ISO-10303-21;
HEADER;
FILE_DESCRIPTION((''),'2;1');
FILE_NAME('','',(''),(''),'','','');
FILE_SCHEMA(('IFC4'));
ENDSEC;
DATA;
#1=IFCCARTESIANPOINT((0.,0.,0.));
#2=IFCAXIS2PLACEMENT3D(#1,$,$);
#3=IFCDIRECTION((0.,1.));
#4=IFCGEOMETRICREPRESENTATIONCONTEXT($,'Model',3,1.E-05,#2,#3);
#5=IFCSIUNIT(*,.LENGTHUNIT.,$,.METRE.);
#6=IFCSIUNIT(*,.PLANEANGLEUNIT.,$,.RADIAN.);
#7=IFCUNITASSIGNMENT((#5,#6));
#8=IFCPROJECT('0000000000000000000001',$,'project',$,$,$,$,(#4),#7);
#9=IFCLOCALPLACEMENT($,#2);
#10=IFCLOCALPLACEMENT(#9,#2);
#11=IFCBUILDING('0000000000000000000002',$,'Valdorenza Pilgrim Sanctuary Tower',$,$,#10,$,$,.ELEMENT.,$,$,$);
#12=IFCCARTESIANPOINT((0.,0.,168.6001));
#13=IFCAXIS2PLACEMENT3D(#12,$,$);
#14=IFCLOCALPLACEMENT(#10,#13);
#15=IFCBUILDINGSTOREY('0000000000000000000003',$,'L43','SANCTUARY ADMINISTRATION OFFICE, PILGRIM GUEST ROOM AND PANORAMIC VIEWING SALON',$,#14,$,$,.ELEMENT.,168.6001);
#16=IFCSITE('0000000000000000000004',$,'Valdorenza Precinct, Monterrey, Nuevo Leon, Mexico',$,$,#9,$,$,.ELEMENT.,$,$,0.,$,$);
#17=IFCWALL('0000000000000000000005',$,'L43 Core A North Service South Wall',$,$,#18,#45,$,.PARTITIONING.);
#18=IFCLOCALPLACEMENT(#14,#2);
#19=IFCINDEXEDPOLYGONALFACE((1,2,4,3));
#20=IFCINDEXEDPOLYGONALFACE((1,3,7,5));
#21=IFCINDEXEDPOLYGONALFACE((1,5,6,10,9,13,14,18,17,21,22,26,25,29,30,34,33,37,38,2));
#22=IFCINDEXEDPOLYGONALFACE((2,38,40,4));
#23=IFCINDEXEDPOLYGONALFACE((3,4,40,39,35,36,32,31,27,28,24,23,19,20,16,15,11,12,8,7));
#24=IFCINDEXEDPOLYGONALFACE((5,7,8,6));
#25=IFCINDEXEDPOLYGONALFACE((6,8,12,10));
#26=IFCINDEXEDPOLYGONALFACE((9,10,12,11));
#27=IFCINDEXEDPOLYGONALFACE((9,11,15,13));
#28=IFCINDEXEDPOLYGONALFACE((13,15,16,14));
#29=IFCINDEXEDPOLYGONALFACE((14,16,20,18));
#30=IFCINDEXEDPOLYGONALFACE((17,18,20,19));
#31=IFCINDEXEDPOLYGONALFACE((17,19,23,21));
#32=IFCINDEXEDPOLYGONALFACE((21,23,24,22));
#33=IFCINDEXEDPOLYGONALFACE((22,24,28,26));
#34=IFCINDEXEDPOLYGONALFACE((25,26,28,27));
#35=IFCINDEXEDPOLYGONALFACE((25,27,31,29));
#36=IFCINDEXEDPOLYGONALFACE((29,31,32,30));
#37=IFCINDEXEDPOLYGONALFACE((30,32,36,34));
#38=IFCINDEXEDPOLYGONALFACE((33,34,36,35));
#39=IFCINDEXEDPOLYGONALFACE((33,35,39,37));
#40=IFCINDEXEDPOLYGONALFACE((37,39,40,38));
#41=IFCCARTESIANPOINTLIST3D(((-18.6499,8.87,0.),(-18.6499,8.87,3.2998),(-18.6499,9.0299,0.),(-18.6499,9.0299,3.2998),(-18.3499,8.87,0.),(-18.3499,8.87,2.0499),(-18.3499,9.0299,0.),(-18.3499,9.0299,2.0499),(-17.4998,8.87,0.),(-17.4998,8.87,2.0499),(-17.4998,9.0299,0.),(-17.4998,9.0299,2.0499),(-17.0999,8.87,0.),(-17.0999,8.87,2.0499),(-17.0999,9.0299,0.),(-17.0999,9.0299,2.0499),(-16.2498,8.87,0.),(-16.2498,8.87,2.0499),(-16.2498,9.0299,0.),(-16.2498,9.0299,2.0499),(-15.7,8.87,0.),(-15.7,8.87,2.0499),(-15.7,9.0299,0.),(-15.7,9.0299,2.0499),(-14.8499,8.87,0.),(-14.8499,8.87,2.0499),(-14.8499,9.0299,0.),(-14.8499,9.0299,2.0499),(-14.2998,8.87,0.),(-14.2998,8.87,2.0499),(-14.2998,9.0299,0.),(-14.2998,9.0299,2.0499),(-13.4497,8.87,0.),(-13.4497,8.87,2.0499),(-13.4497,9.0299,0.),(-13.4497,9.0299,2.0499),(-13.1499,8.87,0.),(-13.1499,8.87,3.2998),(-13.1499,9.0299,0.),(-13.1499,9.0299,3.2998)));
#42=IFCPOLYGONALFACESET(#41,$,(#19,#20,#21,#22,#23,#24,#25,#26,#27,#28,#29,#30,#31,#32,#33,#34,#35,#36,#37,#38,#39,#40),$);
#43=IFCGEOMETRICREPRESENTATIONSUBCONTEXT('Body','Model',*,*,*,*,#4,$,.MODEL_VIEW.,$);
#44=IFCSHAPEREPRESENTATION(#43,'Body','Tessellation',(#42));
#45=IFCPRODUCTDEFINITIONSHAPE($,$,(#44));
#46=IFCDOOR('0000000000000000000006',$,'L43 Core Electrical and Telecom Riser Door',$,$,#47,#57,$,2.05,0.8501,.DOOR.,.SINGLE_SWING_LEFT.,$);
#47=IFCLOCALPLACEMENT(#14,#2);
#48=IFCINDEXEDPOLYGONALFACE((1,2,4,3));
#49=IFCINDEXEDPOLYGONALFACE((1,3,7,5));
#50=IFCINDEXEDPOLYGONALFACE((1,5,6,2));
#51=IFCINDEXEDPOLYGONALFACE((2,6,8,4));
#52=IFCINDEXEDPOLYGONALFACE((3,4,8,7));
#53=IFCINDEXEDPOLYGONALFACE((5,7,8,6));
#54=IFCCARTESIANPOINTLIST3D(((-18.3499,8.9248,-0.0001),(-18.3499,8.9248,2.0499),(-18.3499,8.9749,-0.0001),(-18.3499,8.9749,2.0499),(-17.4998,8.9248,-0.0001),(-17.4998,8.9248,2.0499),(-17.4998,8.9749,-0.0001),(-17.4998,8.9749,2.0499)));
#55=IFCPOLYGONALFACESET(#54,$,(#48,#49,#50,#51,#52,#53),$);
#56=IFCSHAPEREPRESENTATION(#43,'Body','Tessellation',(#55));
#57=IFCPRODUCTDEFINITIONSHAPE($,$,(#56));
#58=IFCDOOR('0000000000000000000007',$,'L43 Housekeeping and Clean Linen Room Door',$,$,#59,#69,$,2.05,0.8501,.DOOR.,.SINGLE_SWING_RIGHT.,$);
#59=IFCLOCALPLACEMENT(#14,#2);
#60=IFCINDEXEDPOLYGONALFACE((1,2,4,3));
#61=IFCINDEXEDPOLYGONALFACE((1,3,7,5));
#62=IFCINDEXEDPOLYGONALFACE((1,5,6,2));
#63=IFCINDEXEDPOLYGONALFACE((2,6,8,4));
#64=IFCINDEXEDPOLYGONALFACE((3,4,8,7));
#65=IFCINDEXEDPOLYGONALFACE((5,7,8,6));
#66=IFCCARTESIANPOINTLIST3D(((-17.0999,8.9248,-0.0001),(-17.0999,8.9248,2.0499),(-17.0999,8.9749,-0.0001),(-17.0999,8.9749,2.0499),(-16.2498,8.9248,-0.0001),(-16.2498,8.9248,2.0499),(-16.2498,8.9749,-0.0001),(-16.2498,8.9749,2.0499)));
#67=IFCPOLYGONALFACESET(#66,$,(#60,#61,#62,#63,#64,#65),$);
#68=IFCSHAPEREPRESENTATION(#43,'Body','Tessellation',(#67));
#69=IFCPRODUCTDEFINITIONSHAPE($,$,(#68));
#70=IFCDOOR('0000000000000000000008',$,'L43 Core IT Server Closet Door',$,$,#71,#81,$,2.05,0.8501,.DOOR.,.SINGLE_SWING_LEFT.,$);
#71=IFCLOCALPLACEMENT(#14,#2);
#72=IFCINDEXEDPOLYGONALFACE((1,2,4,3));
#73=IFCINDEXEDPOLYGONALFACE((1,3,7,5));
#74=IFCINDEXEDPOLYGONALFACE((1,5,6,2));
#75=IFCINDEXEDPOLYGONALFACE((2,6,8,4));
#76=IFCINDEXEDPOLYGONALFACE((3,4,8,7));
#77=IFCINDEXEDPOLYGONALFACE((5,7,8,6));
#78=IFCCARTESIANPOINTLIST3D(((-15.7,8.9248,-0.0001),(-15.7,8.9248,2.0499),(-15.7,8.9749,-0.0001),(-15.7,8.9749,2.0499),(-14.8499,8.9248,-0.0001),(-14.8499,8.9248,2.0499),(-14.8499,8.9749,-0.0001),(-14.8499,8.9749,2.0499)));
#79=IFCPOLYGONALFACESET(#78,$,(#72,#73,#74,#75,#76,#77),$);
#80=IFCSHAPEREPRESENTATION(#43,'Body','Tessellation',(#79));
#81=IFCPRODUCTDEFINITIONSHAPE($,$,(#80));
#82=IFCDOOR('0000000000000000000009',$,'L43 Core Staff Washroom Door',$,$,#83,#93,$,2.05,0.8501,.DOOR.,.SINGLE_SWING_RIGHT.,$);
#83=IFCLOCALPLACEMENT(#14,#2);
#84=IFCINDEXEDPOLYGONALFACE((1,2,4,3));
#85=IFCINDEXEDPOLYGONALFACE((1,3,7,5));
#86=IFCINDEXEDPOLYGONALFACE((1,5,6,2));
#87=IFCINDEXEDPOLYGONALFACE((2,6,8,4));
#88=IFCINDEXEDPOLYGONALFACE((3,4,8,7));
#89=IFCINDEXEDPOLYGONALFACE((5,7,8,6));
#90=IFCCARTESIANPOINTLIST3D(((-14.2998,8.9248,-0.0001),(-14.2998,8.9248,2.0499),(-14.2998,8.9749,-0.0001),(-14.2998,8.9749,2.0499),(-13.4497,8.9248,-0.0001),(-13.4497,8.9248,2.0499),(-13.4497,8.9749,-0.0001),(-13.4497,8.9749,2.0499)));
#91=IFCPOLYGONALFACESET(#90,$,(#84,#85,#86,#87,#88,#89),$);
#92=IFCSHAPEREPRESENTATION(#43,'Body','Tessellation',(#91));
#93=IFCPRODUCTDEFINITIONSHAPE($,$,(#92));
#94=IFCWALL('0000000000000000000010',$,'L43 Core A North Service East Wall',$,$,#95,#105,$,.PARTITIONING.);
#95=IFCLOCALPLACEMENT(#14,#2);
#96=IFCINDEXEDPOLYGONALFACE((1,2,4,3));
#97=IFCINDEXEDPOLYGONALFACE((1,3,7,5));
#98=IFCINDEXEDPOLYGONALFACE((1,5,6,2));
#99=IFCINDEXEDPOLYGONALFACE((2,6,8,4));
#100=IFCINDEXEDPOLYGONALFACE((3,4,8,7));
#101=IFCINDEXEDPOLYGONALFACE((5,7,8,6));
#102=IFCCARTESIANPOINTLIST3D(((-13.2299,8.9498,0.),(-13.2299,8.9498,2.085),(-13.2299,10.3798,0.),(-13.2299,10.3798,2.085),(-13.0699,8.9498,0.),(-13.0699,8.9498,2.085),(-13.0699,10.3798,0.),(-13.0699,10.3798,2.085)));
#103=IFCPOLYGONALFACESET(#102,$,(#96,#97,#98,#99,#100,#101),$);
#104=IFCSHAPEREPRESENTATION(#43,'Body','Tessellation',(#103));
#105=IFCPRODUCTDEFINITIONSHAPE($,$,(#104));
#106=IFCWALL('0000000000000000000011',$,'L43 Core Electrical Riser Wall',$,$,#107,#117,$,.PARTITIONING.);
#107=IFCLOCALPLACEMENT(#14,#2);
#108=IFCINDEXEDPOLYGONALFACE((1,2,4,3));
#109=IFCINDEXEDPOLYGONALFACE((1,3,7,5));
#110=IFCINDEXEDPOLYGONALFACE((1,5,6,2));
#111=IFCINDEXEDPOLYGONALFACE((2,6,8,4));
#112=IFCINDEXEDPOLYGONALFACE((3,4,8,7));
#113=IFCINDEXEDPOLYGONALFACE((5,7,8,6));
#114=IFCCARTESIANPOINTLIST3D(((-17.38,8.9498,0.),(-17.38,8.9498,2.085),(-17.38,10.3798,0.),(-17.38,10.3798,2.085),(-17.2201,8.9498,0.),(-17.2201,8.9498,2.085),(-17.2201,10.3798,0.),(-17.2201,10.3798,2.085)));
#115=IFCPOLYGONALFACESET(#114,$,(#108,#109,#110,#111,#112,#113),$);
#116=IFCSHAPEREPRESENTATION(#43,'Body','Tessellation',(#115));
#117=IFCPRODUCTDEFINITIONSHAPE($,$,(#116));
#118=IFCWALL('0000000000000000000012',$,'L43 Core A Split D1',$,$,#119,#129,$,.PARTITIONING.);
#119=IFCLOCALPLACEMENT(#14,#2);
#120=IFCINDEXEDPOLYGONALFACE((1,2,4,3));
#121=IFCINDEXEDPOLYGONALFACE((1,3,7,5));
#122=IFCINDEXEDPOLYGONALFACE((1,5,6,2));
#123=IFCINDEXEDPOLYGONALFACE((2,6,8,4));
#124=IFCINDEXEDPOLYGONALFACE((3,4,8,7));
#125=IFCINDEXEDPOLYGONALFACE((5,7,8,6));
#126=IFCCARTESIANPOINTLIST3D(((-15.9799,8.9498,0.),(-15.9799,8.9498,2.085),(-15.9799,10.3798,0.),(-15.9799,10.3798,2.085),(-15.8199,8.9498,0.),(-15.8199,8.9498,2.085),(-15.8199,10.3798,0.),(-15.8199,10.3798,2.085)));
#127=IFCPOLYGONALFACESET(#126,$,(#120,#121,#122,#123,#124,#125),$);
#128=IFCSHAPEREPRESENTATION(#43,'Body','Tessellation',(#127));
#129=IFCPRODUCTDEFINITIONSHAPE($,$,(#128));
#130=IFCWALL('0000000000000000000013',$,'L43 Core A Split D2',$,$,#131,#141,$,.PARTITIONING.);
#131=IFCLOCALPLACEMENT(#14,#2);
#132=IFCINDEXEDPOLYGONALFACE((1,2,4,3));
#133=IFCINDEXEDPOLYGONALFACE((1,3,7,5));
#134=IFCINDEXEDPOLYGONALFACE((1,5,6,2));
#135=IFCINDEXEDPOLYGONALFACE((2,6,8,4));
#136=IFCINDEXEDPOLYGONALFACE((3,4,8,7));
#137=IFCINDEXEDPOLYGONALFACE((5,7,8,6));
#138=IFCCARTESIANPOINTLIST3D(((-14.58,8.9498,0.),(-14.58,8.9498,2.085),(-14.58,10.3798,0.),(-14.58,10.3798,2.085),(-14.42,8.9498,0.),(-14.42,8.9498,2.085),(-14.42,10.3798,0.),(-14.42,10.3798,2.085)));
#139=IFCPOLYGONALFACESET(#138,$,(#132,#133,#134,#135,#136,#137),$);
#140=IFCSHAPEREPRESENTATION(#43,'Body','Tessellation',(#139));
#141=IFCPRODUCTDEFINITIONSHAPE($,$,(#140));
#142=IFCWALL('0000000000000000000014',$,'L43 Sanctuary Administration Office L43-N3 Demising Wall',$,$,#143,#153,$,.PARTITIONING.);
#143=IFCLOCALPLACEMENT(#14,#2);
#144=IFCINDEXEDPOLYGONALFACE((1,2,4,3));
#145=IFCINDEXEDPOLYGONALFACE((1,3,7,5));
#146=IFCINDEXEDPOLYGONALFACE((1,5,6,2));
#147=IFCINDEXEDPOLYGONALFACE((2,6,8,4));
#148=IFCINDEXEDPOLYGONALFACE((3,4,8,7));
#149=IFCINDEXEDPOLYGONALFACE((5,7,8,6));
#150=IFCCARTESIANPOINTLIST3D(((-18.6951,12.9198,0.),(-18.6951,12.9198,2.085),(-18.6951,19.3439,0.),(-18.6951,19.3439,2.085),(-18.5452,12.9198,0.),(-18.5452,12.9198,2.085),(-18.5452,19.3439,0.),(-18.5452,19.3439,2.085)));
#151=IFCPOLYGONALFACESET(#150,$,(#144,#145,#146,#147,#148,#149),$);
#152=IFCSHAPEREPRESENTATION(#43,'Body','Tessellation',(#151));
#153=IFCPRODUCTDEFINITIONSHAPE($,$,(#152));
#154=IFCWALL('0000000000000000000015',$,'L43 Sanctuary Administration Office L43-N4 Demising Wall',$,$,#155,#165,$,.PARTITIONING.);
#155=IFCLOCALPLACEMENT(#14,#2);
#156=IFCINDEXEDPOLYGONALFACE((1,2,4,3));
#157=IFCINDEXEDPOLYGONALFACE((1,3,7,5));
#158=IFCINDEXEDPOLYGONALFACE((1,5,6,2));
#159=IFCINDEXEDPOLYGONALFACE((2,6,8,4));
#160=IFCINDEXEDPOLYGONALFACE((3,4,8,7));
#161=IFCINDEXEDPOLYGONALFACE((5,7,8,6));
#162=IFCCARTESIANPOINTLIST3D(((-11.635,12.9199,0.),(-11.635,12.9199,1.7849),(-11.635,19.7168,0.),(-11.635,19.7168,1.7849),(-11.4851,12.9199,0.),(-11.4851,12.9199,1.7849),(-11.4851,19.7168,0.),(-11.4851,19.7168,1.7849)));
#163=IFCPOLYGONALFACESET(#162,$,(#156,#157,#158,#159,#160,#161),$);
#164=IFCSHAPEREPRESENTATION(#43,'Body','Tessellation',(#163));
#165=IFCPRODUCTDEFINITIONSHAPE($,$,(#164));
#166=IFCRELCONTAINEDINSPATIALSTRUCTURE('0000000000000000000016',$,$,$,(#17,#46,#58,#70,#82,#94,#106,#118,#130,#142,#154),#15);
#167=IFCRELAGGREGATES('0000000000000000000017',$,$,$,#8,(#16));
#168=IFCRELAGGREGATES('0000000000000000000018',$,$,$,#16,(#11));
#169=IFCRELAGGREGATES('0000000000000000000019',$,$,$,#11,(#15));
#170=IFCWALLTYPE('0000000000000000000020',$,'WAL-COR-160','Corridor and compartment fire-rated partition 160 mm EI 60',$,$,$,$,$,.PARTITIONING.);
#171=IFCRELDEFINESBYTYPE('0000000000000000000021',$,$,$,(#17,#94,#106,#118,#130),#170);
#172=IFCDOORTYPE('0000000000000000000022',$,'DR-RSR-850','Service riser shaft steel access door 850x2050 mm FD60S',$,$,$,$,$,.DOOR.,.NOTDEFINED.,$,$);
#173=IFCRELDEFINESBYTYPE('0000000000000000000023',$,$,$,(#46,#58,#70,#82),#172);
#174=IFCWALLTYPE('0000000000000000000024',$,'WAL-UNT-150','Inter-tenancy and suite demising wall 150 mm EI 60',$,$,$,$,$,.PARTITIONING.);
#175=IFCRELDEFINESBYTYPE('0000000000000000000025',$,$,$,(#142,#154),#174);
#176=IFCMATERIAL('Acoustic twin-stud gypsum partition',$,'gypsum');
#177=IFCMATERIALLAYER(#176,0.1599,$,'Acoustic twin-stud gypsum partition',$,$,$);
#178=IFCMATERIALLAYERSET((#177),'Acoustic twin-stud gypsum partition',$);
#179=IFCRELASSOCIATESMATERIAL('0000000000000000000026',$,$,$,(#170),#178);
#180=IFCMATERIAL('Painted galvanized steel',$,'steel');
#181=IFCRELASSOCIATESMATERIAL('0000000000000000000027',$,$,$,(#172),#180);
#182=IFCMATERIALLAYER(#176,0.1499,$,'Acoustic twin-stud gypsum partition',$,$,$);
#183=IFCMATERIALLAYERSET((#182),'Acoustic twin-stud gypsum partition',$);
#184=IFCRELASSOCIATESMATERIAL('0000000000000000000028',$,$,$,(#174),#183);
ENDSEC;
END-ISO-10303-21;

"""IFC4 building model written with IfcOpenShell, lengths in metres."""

from ifc_helpers import new_model, si_unit, direction, frame, frame_2d, origin, place, context, subcontext, project, spatial, rectangle, extrude, material, layer, layer_set, type_object, element, fill, save


model = new_model("IFC4")

# Units and contexts
model_context = context("Model", 3, precision=1e-05, world=origin(), true_north=direction((0.0, 1.0)))
body_context = subcontext(model_context, "Body", "Model", "MODEL_VIEW")
ifc_project = project(units=[si_unit("LENGTHUNIT", "METRE"), si_unit("PLANEANGLEUNIT", "RADIAN")], contexts=[model_context])

# Site, building, storey
site_placement = place(None, origin())
site = spatial("IfcSite", under=ifc_project, at=site_placement, Name="Valdorenza Precinct, Monterrey, Nuevo Leon, Mexico", CompositionType="ELEMENT", RefElevation=0.0)
building_placement = place(site_placement, origin())
building = spatial("IfcBuilding", under=site, at=building_placement, Name="Valdorenza Pilgrim Sanctuary Tower", CompositionType="ELEMENT")
storey_placement = place(building_placement, frame((0.0, 0.0, 168.6001)))
storey = spatial("IfcBuildingStorey", under=building, at=storey_placement, Name="L43", Description="SANCTUARY ADMINISTRATION OFFICE, PILGRIM GUEST ROOM AND PANORAMIC VIEWING SALON", CompositionType="ELEMENT", Elevation=168.6001)

# Wall, openings, doors
ifc_material_1 = material(Name="Acoustic twin-stud gypsum partition", Category="gypsum")
ifc_layer_1 = layer(ifc_material_1, 0.1599, Name="Acoustic twin-stud gypsum partition")
ifc_layer_set_1 = layer_set([ifc_layer_1], Name="Acoustic twin-stud gypsum partition")
wall_type_1 = type_object("IfcWallType", Name="WAL-COR-160", Description="Corridor and compartment fire-rated partition 160 mm EI 60", PredefinedType="PARTITIONING", material=ifc_layer_set_1)
wall_1_placement = place(storey_placement, frame((-18.6499, 8.95, 0.0), z_axis=(0.0, 0.0, 1.0), x_axis=(1.0, 0.0, 0.0)))
wall_1 = element("IfcWall", 1, at=wall_1_placement, inside=storey, type_object=wall_type_1, Name="L43 Core A North Service South Wall", PredefinedType="PARTITIONING", context=body_context, shape_type="SweptSolid", body=[
    extrude(rectangle(XDim=5.5, YDim=0.1599, at=frame_2d((2.75, 0.0))), origin(), (0.0, 0.0, 1.0), 3.2998),
])
opening_1_placement = place(wall_1_placement, frame((0.3, 0.0, 0.0)))
opening_1 = element("IfcOpeningElement", 2, at=opening_1_placement, cuts=wall_1, PredefinedType="OPENING", context=body_context, shape_type="SweptSolid", body=[
    extrude(rectangle(XDim=0.8501, YDim=2.05, at=frame_2d((0.425, 1.0249))), frame((0.0, 0.0947, 0.0), z_axis=(0.0, -1.0, 0.0), x_axis=(1.0, 0.0, 0.0)), (0.0, 0.0, 1.0), 0.1897),
])
opening_2_placement = place(wall_1_placement, frame((1.55, 0.0, 0.0)))
opening_2 = element("IfcOpeningElement", 3, at=opening_2_placement, cuts=wall_1, PredefinedType="OPENING", context=body_context, shape_type="SweptSolid", body=[
    extrude(rectangle(XDim=0.8501, YDim=2.05, at=frame_2d((0.425, 1.0249))), frame((0.0, 0.0947, 0.0), z_axis=(0.0, -1.0, 0.0), x_axis=(1.0, 0.0, 0.0)), (0.0, 0.0, 1.0), 0.1897),
])
opening_3_placement = place(wall_1_placement, frame((2.95, 0.0, 0.0)))
opening_3 = element("IfcOpeningElement", 4, at=opening_3_placement, cuts=wall_1, PredefinedType="OPENING", context=body_context, shape_type="SweptSolid", body=[
    extrude(rectangle(XDim=0.8501, YDim=2.05, at=frame_2d((0.425, 1.0249))), frame((0.0, 0.0947, 0.0), z_axis=(0.0, -1.0, 0.0), x_axis=(1.0, 0.0, 0.0)), (0.0, 0.0, 1.0), 0.1897),
])
opening_4_placement = place(wall_1_placement, frame((4.3501, 0.0, 0.0)))
opening_4 = element("IfcOpeningElement", 5, at=opening_4_placement, cuts=wall_1, PredefinedType="OPENING", context=body_context, shape_type="SweptSolid", body=[
    extrude(rectangle(XDim=0.8501, YDim=2.05, at=frame_2d((0.425, 1.0249))), frame((0.0, 0.0947, 0.0), z_axis=(0.0, -1.0, 0.0), x_axis=(1.0, 0.0, 0.0)), (0.0, 0.0, 1.0), 0.1897),
])
ifc_material_2 = material(Name="Painted galvanized steel", Category="steel")
door_type = type_object("IfcDoorType", Name="DR-RSR-850", Description="Service riser shaft steel access door 850x2050 mm FD60S", OperationType="NOTDEFINED", PredefinedType="DOOR", material=ifc_material_2)
door_1_placement = place(opening_1_placement, origin())
door_1 = element("IfcDoor", 6, at=door_1_placement, inside=storey, type_object=door_type, Name="L43 Core Electrical and Telecom Riser Door", OperationType="SINGLE_SWING_LEFT", OverallHeight=2.05, OverallWidth=0.8501, PredefinedType="DOOR", context=body_context, shape_type="SweptSolid", body=[
    extrude(rectangle(XDim=0.8501, YDim=2.05, at=frame_2d((0.425, 1.0249))), frame((0.0, 0.0249, 0.0), z_axis=(0.0, -1.0, 0.0), x_axis=(1.0, 0.0, 0.0)), (0.0, 0.0, 1.0), 0.05),
])
fill(opening_1, door_1)
door_2_placement = place(opening_2_placement, origin())
door_2 = element("IfcDoor", 7, at=door_2_placement, inside=storey, type_object=door_type, Name="L43 Housekeeping and Clean Linen Room Door", OperationType="SINGLE_SWING_RIGHT", OverallHeight=2.05, OverallWidth=0.8501, PredefinedType="DOOR", context=body_context, shape_type="SweptSolid", body=[
    extrude(rectangle(XDim=0.8501, YDim=2.05, at=frame_2d((0.425, 1.0249))), frame((0.0, 0.0249, 0.0), z_axis=(0.0, -1.0, 0.0), x_axis=(1.0, 0.0, 0.0)), (0.0, 0.0, 1.0), 0.05),
])
fill(opening_2, door_2)
door_3_placement = place(opening_3_placement, origin())
door_3 = element("IfcDoor", 8, at=door_3_placement, inside=storey, type_object=door_type, Name="L43 Core IT Server Closet Door", OperationType="SINGLE_SWING_LEFT", OverallHeight=2.05, OverallWidth=0.8501, PredefinedType="DOOR", context=body_context, shape_type="SweptSolid", body=[
    extrude(rectangle(XDim=0.8501, YDim=2.05, at=frame_2d((0.425, 1.0249))), frame((0.0, 0.0249, 0.0), z_axis=(0.0, -1.0, 0.0), x_axis=(1.0, 0.0, 0.0)), (0.0, 0.0, 1.0), 0.05),
])
fill(opening_3, door_3)
door_4_placement = place(opening_4_placement, origin())
door_4 = element("IfcDoor", 9, at=door_4_placement, inside=storey, type_object=door_type, Name="L43 Core Staff Washroom Door", OperationType="SINGLE_SWING_RIGHT", OverallHeight=2.05, OverallWidth=0.8501, PredefinedType="DOOR", context=body_context, shape_type="SweptSolid", body=[
    extrude(rectangle(XDim=0.8501, YDim=2.05, at=frame_2d((0.425, 1.0249))), frame((0.0, 0.0249, 0.0), z_axis=(0.0, -1.0, 0.0), x_axis=(1.0, 0.0, 0.0)), (0.0, 0.0, 1.0), 0.05),
])
fill(opening_4, door_4)

# Walls
for number, where, z_axis, x_axis, name in (
    (10, (-13.1499, 8.95, 0.0), (0.0, 0.0, 1.0), (0.0, 1.0, 0.0), "L43 Core A North Service East Wall"),
    (11, (-17.3, 8.95, 0.0), (0.0, 0.0, 1.0), (0.0, 1.0, 0.0), "L43 Core Electrical Riser Wall"),
    (12, (-15.8999, 8.95, 0.0), (0.0, 0.0, 1.0), (0.0, 1.0, 0.0), "L43 Core A Split D1"),
    (13, (-14.5, 8.95, 0.0), (0.0, 0.0, 1.0), (0.0, 1.0, 0.0), "L43 Core A Split D2"),
):
    element("IfcWall", number, at=place(storey_placement, frame(where, z_axis=z_axis, x_axis=x_axis)), inside=storey, type_object=wall_type_1, Name=name, PredefinedType="PARTITIONING", context=body_context, shape_type="SweptSolid", body=[
        extrude(rectangle(XDim=1.4299, YDim=0.1599, at=frame_2d((0.7148, 0.0))), origin(), (0.0, 0.0, 1.0), 2.085),
    ])
ifc_layer_2 = layer(ifc_material_1, 0.1499, Name="Acoustic twin-stud gypsum partition")
ifc_layer_set_2 = layer_set([ifc_layer_2], Name="Acoustic twin-stud gypsum partition")
wall_type_2 = type_object("IfcWallType", Name="WAL-UNT-150", Description="Inter-tenancy and suite demising wall 150 mm EI 60", PredefinedType="PARTITIONING", material=ifc_layer_set_2)
wall_2_placement = place(storey_placement, frame((-18.6201, 12.9199, 0.0), z_axis=(0.0, 0.0, 1.0), x_axis=(0.0, 1.0, 0.0)))
element("IfcWall", 14, at=wall_2_placement, inside=storey, type_object=wall_type_2, Name="L43 Sanctuary Administration Office L43-N3 Demising Wall", PredefinedType="PARTITIONING", context=body_context, shape_type="SweptSolid", body=[
    extrude(rectangle(XDim=6.4241, YDim=0.1499, at=frame_2d((3.2119, 0.0))), origin(), (0.0, 0.0, 1.0), 2.085),
])
wall_3_placement = place(storey_placement, frame((-11.5601, 12.9199, 0.0), z_axis=(0.0, 0.0, 1.0), x_axis=(0.0, 1.0, 0.0)))
element("IfcWall", 15, at=wall_3_placement, inside=storey, type_object=wall_type_2, Name="L43 Sanctuary Administration Office L43-N4 Demising Wall", PredefinedType="PARTITIONING", context=body_context, shape_type="SweptSolid", body=[
    extrude(rectangle(XDim=6.7969, YDim=0.1499, at=frame_2d((3.3984, 0.0))), origin(), (0.0, 0.0, 1.0), 1.7849),
])

save(model, "model.ifc")
